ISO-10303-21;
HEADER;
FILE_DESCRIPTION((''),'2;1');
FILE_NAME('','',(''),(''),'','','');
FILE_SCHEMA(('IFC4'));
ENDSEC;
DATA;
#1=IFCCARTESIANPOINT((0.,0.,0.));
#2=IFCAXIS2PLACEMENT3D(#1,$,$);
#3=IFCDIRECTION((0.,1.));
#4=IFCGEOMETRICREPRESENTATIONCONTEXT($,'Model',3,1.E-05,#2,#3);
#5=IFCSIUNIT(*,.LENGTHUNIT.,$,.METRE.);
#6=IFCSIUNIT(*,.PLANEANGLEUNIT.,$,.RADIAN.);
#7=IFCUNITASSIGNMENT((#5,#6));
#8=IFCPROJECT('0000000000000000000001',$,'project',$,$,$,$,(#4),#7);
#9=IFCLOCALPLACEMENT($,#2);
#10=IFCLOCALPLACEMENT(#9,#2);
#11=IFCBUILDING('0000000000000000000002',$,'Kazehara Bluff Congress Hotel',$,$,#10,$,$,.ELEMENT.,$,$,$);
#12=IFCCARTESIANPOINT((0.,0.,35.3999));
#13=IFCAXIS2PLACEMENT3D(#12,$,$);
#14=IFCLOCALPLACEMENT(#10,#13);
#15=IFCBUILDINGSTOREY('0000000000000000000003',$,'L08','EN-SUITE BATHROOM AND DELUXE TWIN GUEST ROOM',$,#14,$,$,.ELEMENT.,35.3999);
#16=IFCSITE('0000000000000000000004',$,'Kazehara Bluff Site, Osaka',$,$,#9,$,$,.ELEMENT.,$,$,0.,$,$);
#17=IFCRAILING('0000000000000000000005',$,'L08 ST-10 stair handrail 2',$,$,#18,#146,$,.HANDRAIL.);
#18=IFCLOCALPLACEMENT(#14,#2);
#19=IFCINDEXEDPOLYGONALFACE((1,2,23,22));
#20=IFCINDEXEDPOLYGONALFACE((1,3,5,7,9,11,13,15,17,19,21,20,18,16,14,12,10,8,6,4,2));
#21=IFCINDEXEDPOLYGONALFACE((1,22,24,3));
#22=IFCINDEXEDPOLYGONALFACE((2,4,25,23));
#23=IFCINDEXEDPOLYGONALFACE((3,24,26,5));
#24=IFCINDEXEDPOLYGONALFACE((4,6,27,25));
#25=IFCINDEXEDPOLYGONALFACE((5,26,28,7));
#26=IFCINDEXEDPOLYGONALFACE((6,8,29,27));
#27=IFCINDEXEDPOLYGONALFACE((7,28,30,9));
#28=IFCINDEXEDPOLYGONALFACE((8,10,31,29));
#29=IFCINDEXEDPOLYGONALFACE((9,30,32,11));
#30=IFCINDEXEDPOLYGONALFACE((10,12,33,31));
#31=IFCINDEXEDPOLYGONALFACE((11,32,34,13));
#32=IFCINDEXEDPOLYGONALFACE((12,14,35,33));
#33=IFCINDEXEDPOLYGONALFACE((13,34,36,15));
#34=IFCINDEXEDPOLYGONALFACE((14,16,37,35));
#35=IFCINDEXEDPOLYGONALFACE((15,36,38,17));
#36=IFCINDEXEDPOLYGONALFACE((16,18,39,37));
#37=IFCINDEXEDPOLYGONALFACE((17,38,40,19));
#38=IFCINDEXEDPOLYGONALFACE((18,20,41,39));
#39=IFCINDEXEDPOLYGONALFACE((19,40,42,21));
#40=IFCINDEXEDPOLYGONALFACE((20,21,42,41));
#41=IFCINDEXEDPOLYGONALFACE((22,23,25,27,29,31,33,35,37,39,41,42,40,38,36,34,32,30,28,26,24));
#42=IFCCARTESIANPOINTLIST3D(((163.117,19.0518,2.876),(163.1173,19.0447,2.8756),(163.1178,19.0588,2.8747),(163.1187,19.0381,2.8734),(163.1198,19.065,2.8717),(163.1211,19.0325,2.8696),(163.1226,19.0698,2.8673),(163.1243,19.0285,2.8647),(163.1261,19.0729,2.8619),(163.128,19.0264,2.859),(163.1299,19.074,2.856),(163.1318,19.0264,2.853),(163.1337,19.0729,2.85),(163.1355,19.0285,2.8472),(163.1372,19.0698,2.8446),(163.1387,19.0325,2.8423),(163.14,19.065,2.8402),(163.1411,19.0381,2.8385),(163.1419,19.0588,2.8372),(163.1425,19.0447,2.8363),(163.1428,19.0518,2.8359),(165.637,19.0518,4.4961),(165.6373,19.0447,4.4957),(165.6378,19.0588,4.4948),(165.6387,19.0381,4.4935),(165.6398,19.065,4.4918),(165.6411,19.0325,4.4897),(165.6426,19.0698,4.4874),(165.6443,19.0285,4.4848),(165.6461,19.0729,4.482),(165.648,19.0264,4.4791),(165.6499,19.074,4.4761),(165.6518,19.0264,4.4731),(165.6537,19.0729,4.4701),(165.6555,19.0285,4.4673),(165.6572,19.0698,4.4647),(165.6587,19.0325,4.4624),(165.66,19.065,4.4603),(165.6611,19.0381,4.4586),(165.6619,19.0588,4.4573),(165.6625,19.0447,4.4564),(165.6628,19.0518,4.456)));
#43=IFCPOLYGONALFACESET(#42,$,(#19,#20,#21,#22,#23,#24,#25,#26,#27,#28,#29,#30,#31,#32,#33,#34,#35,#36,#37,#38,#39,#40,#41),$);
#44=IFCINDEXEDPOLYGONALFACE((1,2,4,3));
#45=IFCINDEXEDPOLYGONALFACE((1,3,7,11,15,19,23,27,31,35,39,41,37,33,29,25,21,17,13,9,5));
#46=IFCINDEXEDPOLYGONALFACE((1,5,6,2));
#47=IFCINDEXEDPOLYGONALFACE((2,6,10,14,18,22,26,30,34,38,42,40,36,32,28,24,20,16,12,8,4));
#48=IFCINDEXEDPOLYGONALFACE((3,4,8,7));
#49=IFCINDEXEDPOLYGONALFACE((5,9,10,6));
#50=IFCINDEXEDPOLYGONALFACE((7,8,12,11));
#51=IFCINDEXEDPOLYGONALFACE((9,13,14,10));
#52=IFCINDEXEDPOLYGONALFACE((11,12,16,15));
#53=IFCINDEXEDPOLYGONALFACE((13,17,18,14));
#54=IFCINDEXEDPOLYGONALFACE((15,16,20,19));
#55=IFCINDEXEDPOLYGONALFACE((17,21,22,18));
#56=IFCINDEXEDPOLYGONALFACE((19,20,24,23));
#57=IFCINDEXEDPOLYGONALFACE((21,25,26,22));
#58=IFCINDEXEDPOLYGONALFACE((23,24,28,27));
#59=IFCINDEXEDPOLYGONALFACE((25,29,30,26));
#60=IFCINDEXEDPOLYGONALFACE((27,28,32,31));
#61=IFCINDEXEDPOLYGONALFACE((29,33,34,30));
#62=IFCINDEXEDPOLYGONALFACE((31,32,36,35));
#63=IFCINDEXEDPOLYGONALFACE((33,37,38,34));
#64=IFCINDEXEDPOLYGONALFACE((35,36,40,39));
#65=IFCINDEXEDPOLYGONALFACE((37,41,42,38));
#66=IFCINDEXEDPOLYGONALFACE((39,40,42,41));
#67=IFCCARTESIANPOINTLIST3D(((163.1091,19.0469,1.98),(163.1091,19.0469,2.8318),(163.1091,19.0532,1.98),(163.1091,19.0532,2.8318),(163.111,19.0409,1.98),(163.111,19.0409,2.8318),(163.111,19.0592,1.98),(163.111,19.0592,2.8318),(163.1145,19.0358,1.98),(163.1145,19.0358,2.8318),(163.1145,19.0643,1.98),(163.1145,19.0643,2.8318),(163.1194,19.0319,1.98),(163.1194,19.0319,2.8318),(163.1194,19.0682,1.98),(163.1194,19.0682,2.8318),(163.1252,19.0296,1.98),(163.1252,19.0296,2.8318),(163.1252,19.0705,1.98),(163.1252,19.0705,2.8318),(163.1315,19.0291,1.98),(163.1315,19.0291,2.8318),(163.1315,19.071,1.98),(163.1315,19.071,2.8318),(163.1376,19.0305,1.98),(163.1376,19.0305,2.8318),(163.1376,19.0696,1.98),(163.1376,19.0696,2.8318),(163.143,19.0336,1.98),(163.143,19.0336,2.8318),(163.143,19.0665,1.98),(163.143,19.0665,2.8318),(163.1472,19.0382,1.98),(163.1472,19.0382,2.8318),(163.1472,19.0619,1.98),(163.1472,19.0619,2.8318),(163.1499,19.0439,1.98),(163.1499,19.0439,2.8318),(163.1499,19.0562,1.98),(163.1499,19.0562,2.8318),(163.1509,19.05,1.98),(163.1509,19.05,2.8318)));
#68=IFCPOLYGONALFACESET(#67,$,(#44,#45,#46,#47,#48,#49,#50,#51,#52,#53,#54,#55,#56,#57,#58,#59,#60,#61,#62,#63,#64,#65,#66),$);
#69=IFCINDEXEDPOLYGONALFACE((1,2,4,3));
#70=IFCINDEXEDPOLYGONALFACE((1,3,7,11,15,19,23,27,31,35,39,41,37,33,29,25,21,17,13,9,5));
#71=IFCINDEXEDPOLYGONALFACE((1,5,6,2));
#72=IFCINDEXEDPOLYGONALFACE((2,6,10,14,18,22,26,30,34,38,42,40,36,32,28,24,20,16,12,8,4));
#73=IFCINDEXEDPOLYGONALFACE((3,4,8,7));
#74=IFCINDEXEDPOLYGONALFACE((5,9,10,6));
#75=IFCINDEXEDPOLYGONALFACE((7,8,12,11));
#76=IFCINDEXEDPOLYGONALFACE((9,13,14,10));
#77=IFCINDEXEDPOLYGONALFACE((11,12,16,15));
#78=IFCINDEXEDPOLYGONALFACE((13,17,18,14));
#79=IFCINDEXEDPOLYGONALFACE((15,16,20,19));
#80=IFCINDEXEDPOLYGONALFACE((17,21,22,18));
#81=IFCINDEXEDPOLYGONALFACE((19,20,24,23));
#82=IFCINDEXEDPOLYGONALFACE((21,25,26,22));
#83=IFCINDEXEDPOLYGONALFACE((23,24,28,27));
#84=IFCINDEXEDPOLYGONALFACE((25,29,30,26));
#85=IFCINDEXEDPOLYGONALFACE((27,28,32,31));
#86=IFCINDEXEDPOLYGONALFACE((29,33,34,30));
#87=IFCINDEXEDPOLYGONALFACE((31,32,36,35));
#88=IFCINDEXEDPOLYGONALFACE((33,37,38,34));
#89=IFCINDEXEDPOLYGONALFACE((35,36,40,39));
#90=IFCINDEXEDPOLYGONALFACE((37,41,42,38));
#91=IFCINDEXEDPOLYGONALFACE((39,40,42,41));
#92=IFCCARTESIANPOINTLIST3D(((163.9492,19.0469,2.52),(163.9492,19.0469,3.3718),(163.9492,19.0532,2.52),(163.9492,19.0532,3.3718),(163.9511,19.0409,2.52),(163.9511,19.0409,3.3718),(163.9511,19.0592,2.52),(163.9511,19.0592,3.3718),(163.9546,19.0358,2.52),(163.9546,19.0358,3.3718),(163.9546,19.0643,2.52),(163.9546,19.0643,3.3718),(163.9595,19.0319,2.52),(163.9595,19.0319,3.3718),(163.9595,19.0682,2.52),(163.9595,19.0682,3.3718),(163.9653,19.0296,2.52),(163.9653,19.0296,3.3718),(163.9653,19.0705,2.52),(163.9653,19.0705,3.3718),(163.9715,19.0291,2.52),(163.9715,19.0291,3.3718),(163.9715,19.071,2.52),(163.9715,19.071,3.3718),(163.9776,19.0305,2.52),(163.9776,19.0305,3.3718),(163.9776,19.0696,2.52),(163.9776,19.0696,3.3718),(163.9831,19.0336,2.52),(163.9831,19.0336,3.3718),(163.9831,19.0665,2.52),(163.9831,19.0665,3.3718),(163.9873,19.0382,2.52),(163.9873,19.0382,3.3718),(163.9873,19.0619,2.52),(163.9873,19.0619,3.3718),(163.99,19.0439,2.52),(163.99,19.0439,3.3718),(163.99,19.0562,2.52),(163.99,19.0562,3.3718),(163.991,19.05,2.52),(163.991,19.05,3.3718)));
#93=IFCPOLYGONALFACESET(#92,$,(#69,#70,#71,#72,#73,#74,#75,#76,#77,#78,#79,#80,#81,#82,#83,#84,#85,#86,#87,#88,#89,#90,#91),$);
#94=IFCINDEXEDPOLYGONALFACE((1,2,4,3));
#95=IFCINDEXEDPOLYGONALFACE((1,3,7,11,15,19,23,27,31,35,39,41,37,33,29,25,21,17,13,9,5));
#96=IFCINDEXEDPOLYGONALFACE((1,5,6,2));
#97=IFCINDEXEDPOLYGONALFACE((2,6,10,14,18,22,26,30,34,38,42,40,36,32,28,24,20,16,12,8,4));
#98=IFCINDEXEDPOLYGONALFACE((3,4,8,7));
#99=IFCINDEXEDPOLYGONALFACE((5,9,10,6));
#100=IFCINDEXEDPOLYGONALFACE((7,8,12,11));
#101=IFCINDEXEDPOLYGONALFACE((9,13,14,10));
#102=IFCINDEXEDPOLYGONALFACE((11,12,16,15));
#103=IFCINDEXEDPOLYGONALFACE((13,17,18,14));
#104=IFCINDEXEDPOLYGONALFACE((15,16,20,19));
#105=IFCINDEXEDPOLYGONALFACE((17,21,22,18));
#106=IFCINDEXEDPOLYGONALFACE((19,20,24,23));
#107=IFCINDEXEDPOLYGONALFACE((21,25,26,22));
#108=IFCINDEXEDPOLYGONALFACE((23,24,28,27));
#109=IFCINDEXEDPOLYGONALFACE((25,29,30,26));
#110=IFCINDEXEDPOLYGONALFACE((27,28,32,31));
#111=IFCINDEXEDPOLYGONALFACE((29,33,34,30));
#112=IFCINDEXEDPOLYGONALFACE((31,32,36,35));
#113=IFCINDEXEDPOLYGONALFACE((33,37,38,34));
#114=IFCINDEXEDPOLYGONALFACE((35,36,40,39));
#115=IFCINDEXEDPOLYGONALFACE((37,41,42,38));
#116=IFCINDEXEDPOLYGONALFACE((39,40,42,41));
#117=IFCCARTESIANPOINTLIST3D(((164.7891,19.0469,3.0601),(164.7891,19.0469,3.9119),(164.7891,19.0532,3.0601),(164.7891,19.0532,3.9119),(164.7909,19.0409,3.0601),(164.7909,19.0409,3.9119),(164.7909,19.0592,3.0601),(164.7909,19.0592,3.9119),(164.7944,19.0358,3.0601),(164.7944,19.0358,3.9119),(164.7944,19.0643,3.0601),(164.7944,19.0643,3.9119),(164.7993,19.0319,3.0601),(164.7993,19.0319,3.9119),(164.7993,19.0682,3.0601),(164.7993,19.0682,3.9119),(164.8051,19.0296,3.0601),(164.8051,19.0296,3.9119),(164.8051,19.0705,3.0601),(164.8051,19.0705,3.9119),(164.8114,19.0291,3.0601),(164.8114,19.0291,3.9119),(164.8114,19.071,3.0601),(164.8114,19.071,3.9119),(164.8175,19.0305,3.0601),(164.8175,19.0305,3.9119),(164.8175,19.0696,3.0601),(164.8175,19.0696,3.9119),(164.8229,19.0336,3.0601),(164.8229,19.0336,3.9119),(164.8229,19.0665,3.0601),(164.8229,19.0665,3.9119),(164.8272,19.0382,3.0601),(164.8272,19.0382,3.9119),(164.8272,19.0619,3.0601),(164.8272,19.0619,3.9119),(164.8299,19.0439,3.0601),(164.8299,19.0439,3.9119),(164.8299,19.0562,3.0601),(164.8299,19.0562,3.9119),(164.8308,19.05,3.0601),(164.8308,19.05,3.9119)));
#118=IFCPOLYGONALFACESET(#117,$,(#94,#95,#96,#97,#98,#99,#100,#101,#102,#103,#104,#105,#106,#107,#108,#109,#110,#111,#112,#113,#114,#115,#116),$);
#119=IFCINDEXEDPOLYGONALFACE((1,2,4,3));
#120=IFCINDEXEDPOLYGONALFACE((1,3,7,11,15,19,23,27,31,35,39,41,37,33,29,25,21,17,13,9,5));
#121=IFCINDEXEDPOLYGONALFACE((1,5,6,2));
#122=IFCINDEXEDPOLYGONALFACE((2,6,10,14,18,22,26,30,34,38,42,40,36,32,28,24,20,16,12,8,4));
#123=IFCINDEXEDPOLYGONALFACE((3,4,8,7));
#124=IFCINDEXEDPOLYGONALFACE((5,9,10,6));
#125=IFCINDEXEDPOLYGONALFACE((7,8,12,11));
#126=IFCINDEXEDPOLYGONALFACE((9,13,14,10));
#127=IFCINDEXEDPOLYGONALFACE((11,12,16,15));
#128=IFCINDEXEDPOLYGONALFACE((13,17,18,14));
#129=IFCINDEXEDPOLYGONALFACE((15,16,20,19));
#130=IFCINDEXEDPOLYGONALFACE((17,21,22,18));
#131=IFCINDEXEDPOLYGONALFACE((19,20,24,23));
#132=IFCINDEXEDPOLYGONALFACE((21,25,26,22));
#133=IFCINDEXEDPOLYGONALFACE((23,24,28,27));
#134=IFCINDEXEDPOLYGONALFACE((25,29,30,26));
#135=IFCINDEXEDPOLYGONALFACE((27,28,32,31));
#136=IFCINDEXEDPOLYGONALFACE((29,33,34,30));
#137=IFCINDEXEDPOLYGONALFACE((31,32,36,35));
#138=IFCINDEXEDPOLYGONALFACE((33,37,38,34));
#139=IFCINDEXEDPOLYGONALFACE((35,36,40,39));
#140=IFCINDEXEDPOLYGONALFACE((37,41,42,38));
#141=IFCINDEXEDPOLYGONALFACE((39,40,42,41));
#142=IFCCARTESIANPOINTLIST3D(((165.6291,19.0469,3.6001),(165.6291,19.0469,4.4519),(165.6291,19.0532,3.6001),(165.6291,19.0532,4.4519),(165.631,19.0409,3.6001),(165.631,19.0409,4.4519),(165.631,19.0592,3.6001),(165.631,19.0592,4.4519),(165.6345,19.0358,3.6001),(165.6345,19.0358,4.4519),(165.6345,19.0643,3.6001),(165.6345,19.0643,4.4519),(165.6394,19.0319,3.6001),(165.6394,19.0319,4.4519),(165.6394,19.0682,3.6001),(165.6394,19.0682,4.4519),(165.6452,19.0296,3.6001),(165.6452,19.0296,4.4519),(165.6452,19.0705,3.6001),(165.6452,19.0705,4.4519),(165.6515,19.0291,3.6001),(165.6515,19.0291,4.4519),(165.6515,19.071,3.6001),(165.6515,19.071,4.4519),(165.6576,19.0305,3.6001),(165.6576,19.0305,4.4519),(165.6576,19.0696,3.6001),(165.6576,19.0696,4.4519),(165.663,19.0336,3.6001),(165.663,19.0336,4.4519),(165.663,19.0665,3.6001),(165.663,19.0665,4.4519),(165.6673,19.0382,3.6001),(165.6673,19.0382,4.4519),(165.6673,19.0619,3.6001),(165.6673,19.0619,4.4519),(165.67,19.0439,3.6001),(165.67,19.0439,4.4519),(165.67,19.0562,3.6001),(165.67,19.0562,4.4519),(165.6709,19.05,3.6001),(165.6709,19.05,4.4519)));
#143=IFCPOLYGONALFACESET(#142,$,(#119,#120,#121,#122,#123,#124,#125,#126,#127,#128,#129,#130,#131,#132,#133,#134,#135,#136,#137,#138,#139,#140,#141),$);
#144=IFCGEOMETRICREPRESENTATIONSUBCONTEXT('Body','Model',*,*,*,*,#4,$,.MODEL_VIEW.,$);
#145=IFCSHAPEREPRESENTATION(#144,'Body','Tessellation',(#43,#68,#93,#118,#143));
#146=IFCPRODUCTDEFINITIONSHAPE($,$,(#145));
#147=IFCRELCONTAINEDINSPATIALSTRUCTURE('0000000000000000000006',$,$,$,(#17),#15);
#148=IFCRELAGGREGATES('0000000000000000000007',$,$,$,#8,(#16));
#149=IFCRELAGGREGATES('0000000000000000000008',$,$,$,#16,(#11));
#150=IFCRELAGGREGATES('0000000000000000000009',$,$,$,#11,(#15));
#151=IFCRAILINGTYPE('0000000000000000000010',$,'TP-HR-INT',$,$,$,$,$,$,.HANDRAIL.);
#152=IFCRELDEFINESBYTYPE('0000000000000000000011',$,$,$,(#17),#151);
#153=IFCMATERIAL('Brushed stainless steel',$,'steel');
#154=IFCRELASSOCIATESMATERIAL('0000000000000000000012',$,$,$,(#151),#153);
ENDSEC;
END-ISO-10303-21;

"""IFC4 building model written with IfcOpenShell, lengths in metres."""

from ifc_helpers import new_model, si_unit, direction, frame, origin, origin_2d, place, context, subcontext, project, spatial, circle, extrude, material, type_object, element, save


model = new_model("IFC4")

# Units and contexts
model_context = context("Model", 3, precision=1e-05, world=origin(), true_north=direction((0.0, 1.0)))
body_context = subcontext(model_context, "Body", "Model", "MODEL_VIEW")
ifc_project = project(units=[si_unit("LENGTHUNIT", "METRE"), si_unit("PLANEANGLEUNIT", "RADIAN")], contexts=[model_context])

# Site, building, storey
site_placement = place(None, origin())
site = spatial("IfcSite", under=ifc_project, at=site_placement, Name="Kazehara Bluff Site, Osaka", CompositionType="ELEMENT", RefElevation=0.0)
building_placement = place(site_placement, origin())
building = spatial("IfcBuilding", under=site, at=building_placement, Name="Kazehara Bluff Congress Hotel", CompositionType="ELEMENT")
storey_placement = place(building_placement, frame((0.0, 0.0, 35.3999)))
storey = spatial("IfcBuildingStorey", under=building, at=storey_placement, Name="L08", Description="EN-SUITE BATHROOM AND DELUXE TWIN GUEST ROOM", CompositionType="ELEMENT", Elevation=35.3999)

# Railing
ifc_material_1 = material(Name="Brushed stainless steel", Category="steel")
railing_type_1 = type_object("IfcRailingType", Name="TP-HR-INT", PredefinedType="HANDRAIL", material=ifc_material_1)
railing_1_placement = place(storey_placement, frame((163.1299, 19.05, 1.98)))
element("IfcRailing", 1, at=railing_1_placement, inside=storey, type_object=railing_type_1, Name="L08 ST-10 stair handrail 2", PredefinedType="HANDRAIL", context=body_context, shape_type="SweptSolid", body=[
    extrude(circle(Radius=0.0239, at=origin_2d()), frame((0.0, 0.0, 0.876), z_axis=(0.841163, 0.0, 0.540782), x_axis=(0.0, 1.0, 0.0)), (0.0, 0.0, 1.0), 2.9958),
    extrude(circle(Radius=0.021, at=origin_2d()), origin(), (0.0, 0.0, 1.0), 0.8518),
    extrude(circle(Radius=0.021, at=origin_2d()), frame((0.8401, 0.0, 0.54)), (0.0, 0.0, 1.0), 0.8518),
    extrude(circle(Radius=0.021, at=origin_2d()), frame((1.6799, 0.0, 1.0801)), (0.0, 0.0, 1.0), 0.8518),
    extrude(circle(Radius=0.021, at=origin_2d()), frame((2.52, 0.0, 1.6201)), (0.0, 0.0, 1.0), 0.8518),
])

save(model, "model.ifc")
